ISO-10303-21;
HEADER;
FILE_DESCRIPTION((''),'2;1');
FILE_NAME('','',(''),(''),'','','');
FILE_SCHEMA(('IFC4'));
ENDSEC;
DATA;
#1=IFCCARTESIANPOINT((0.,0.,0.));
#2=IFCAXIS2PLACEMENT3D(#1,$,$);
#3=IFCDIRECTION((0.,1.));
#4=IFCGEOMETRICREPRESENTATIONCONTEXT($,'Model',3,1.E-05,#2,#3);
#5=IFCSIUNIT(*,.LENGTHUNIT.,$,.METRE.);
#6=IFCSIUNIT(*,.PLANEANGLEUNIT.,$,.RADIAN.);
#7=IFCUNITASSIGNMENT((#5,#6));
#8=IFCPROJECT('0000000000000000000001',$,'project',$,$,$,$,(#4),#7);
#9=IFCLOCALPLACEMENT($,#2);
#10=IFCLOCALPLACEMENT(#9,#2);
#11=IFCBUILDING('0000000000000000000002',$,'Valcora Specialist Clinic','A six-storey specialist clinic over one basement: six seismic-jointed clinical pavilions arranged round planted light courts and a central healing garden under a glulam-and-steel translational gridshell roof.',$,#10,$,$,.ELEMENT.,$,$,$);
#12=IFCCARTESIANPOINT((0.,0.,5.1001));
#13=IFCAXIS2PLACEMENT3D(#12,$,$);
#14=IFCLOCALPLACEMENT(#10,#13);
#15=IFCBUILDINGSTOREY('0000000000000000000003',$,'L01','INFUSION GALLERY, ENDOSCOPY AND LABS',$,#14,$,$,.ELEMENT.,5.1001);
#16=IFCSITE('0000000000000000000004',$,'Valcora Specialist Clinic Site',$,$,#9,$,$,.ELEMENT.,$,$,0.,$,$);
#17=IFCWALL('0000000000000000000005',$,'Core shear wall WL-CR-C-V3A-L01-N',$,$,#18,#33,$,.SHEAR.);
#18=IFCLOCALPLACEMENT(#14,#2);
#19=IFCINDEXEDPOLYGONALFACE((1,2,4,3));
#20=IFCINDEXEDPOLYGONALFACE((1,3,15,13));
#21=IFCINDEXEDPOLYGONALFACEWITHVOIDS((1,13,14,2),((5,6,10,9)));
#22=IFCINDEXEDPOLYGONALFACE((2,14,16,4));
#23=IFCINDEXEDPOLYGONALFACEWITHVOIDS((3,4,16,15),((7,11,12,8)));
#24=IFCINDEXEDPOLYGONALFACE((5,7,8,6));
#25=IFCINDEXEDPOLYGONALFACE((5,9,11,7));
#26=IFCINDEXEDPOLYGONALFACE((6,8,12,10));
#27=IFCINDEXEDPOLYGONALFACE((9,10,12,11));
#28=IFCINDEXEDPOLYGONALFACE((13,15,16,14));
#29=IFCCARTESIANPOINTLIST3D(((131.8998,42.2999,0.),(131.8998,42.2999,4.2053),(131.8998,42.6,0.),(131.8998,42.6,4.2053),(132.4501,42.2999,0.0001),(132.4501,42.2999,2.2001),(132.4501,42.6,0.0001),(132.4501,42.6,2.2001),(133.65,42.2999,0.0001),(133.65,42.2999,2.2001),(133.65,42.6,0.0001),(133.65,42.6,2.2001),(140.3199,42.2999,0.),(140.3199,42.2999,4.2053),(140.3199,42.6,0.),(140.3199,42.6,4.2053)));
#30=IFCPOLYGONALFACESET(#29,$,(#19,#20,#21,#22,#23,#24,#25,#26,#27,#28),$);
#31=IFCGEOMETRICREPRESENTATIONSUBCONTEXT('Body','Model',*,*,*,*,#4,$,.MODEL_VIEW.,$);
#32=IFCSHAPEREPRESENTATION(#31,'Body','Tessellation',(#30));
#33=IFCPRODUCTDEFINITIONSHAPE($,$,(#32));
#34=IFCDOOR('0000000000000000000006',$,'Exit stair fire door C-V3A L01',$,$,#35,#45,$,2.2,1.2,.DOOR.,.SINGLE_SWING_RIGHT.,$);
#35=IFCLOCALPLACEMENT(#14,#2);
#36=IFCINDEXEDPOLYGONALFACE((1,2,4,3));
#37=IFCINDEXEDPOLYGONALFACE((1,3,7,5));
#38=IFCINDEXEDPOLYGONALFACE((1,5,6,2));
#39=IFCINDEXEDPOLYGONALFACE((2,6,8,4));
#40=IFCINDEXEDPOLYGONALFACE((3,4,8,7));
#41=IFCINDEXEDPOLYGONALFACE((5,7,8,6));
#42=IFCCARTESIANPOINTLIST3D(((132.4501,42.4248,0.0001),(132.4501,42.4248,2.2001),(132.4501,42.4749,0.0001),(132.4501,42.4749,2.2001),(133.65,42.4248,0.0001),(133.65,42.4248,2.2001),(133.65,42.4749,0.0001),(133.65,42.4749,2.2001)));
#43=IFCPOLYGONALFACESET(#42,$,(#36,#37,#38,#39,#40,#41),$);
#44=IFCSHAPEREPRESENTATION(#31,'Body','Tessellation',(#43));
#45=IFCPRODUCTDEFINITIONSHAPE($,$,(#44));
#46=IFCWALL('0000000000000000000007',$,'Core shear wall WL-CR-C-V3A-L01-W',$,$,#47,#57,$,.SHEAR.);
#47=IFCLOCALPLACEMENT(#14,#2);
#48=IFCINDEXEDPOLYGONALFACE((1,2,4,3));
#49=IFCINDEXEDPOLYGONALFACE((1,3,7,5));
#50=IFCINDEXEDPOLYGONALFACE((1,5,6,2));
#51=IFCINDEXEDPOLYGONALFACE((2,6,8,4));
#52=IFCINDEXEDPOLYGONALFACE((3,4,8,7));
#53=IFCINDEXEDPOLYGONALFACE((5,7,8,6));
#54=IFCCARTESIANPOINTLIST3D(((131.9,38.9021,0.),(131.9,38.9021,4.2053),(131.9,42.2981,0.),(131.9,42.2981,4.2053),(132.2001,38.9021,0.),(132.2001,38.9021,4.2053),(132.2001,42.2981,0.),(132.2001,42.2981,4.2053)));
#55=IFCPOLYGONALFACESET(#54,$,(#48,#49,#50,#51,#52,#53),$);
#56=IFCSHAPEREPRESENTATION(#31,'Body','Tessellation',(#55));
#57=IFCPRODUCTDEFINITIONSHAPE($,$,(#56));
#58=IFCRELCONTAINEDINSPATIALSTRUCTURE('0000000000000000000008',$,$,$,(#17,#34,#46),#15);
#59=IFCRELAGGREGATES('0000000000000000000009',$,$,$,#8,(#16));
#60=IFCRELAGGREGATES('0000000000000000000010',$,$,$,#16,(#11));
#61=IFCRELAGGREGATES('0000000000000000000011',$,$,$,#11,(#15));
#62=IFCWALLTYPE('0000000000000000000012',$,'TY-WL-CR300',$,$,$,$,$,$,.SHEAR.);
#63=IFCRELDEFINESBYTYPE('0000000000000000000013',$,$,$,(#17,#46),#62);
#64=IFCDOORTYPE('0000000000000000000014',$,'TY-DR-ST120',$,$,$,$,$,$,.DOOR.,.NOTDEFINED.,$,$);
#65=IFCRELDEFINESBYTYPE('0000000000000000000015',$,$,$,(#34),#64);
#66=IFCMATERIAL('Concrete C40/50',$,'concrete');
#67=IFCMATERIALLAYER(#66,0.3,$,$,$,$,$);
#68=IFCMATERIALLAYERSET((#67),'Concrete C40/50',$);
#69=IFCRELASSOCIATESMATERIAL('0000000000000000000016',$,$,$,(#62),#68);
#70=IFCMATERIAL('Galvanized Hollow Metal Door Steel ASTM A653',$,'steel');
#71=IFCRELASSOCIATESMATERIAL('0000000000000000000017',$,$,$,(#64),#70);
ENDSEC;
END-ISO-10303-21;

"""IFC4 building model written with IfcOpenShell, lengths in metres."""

from ifc_helpers import new_model, si_unit, direction, frame, frame_2d, origin, place, context, subcontext, project, spatial, rectangle, extrude, material, layer, layer_set, type_object, element, fill, save


model = new_model("IFC4")

# Units and contexts
model_context = context("Model", 3, precision=1e-05, world=origin(), true_north=direction((0.0, 1.0)))
body_context = subcontext(model_context, "Body", "Model", "MODEL_VIEW")
ifc_project = project(units=[si_unit("LENGTHUNIT", "METRE"), si_unit("PLANEANGLEUNIT", "RADIAN")], contexts=[model_context])

# Site, building, storey
site_placement = place(None, origin())
site = spatial("IfcSite", under=ifc_project, at=site_placement, Name="Valcora Specialist Clinic Site", CompositionType="ELEMENT", RefElevation=0.0)
building_placement = place(site_placement, origin())
building = spatial("IfcBuilding", under=site, at=building_placement, Name="Valcora Specialist Clinic", Description="A six-storey specialist clinic over one basement: six seismic-jointed clinical pavilions arranged round planted light courts and a central healing garden under a glulam-and-steel translational gridshell roof.", CompositionType="ELEMENT")
storey_placement = place(building_placement, frame((0.0, 0.0, 5.1001)))
storey = spatial("IfcBuildingStorey", under=building, at=storey_placement, Name="L01", Description="INFUSION GALLERY, ENDOSCOPY AND LABS", CompositionType="ELEMENT", Elevation=5.1001)

# Shared definitions
ifc_material_1 = material(Name="Concrete C40/50", Category="concrete")

# Shared definitions
ifc_layer_1 = layer(ifc_material_1, 0.3)
ifc_layer_set_1 = layer_set([ifc_layer_1], Name="Concrete C40/50")
wall_type = type_object("IfcWallType", Name="TY-WL-CR300", PredefinedType="SHEAR", material=ifc_layer_set_1)

# Wall, opening, door
wall_1_placement = place(storey_placement, frame((131.8999, 42.45, 0.0), z_axis=(0.0, 0.0, 1.0), x_axis=(1.0, 0.0, 0.0)))
wall_1 = element("IfcWall", 1, at=wall_1_placement, inside=storey, type_object=wall_type, Name="Core shear wall WL-CR-C-V3A-L01-N", PredefinedType="SHEAR", context=body_context, shape_type="SweptSolid", body=[
    extrude(rectangle(XDim=8.4202, YDim=0.3, at=frame_2d((4.21, 0.0))), origin(), (0.0, 0.0, 1.0), 4.2053),
])
opening_placement = place(wall_1_placement, frame((0.55, 0.0, 0.0)))
opening = element("IfcOpeningElement", 2, at=opening_placement, cuts=wall_1, PredefinedType="OPENING", context=body_context, shape_type="SweptSolid", body=[
    extrude(rectangle(XDim=1.2, YDim=2.2, at=frame_2d((0.6001, 1.1001))), frame((0.0, 0.1599, 0.0), z_axis=(0.0, -1.0, 0.0), x_axis=(1.0, 0.0, 0.0)), (0.0, 0.0, 1.0), 0.3201),
])
ifc_material_2 = material(Name="Galvanized Hollow Metal Door Steel ASTM A653", Category="steel")
door_type = type_object("IfcDoorType", Name="TY-DR-ST120", OperationType="NOTDEFINED", PredefinedType="DOOR", material=ifc_material_2)
door_placement = place(opening_placement, origin())
door = element("IfcDoor", 3, at=door_placement, inside=storey, type_object=door_type, Name="Exit stair fire door C-V3A L01", OperationType="SINGLE_SWING_RIGHT", OverallHeight=2.2, OverallWidth=1.2, PredefinedType="DOOR", context=body_context, shape_type="SweptSolid", body=[
    extrude(rectangle(XDim=1.2, YDim=2.2, at=frame_2d((0.6001, 1.1001))), frame((0.0, 0.0249, 0.0), z_axis=(0.0, -1.0, 0.0), x_axis=(1.0, 0.0, 0.0)), (0.0, 0.0, 1.0), 0.05),
])
fill(opening, door)

# Wall
wall_2_placement = place(storey_placement, frame((132.05, 38.9021, 0.0), z_axis=(0.0, 0.0, 1.0), x_axis=(0.0, 1.0, 0.0)))
element("IfcWall", 4, at=wall_2_placement, inside=storey, type_object=wall_type, Name="Core shear wall WL-CR-C-V3A-L01-W", PredefinedType="SHEAR", context=body_context, shape_type="SweptSolid", body=[
    extrude(rectangle(XDim=3.396, YDim=0.3, at=frame_2d((1.698, 0.0))), origin(), (0.0, 0.0, 1.0), 4.2053),
])

save(model, "model.ifc")
